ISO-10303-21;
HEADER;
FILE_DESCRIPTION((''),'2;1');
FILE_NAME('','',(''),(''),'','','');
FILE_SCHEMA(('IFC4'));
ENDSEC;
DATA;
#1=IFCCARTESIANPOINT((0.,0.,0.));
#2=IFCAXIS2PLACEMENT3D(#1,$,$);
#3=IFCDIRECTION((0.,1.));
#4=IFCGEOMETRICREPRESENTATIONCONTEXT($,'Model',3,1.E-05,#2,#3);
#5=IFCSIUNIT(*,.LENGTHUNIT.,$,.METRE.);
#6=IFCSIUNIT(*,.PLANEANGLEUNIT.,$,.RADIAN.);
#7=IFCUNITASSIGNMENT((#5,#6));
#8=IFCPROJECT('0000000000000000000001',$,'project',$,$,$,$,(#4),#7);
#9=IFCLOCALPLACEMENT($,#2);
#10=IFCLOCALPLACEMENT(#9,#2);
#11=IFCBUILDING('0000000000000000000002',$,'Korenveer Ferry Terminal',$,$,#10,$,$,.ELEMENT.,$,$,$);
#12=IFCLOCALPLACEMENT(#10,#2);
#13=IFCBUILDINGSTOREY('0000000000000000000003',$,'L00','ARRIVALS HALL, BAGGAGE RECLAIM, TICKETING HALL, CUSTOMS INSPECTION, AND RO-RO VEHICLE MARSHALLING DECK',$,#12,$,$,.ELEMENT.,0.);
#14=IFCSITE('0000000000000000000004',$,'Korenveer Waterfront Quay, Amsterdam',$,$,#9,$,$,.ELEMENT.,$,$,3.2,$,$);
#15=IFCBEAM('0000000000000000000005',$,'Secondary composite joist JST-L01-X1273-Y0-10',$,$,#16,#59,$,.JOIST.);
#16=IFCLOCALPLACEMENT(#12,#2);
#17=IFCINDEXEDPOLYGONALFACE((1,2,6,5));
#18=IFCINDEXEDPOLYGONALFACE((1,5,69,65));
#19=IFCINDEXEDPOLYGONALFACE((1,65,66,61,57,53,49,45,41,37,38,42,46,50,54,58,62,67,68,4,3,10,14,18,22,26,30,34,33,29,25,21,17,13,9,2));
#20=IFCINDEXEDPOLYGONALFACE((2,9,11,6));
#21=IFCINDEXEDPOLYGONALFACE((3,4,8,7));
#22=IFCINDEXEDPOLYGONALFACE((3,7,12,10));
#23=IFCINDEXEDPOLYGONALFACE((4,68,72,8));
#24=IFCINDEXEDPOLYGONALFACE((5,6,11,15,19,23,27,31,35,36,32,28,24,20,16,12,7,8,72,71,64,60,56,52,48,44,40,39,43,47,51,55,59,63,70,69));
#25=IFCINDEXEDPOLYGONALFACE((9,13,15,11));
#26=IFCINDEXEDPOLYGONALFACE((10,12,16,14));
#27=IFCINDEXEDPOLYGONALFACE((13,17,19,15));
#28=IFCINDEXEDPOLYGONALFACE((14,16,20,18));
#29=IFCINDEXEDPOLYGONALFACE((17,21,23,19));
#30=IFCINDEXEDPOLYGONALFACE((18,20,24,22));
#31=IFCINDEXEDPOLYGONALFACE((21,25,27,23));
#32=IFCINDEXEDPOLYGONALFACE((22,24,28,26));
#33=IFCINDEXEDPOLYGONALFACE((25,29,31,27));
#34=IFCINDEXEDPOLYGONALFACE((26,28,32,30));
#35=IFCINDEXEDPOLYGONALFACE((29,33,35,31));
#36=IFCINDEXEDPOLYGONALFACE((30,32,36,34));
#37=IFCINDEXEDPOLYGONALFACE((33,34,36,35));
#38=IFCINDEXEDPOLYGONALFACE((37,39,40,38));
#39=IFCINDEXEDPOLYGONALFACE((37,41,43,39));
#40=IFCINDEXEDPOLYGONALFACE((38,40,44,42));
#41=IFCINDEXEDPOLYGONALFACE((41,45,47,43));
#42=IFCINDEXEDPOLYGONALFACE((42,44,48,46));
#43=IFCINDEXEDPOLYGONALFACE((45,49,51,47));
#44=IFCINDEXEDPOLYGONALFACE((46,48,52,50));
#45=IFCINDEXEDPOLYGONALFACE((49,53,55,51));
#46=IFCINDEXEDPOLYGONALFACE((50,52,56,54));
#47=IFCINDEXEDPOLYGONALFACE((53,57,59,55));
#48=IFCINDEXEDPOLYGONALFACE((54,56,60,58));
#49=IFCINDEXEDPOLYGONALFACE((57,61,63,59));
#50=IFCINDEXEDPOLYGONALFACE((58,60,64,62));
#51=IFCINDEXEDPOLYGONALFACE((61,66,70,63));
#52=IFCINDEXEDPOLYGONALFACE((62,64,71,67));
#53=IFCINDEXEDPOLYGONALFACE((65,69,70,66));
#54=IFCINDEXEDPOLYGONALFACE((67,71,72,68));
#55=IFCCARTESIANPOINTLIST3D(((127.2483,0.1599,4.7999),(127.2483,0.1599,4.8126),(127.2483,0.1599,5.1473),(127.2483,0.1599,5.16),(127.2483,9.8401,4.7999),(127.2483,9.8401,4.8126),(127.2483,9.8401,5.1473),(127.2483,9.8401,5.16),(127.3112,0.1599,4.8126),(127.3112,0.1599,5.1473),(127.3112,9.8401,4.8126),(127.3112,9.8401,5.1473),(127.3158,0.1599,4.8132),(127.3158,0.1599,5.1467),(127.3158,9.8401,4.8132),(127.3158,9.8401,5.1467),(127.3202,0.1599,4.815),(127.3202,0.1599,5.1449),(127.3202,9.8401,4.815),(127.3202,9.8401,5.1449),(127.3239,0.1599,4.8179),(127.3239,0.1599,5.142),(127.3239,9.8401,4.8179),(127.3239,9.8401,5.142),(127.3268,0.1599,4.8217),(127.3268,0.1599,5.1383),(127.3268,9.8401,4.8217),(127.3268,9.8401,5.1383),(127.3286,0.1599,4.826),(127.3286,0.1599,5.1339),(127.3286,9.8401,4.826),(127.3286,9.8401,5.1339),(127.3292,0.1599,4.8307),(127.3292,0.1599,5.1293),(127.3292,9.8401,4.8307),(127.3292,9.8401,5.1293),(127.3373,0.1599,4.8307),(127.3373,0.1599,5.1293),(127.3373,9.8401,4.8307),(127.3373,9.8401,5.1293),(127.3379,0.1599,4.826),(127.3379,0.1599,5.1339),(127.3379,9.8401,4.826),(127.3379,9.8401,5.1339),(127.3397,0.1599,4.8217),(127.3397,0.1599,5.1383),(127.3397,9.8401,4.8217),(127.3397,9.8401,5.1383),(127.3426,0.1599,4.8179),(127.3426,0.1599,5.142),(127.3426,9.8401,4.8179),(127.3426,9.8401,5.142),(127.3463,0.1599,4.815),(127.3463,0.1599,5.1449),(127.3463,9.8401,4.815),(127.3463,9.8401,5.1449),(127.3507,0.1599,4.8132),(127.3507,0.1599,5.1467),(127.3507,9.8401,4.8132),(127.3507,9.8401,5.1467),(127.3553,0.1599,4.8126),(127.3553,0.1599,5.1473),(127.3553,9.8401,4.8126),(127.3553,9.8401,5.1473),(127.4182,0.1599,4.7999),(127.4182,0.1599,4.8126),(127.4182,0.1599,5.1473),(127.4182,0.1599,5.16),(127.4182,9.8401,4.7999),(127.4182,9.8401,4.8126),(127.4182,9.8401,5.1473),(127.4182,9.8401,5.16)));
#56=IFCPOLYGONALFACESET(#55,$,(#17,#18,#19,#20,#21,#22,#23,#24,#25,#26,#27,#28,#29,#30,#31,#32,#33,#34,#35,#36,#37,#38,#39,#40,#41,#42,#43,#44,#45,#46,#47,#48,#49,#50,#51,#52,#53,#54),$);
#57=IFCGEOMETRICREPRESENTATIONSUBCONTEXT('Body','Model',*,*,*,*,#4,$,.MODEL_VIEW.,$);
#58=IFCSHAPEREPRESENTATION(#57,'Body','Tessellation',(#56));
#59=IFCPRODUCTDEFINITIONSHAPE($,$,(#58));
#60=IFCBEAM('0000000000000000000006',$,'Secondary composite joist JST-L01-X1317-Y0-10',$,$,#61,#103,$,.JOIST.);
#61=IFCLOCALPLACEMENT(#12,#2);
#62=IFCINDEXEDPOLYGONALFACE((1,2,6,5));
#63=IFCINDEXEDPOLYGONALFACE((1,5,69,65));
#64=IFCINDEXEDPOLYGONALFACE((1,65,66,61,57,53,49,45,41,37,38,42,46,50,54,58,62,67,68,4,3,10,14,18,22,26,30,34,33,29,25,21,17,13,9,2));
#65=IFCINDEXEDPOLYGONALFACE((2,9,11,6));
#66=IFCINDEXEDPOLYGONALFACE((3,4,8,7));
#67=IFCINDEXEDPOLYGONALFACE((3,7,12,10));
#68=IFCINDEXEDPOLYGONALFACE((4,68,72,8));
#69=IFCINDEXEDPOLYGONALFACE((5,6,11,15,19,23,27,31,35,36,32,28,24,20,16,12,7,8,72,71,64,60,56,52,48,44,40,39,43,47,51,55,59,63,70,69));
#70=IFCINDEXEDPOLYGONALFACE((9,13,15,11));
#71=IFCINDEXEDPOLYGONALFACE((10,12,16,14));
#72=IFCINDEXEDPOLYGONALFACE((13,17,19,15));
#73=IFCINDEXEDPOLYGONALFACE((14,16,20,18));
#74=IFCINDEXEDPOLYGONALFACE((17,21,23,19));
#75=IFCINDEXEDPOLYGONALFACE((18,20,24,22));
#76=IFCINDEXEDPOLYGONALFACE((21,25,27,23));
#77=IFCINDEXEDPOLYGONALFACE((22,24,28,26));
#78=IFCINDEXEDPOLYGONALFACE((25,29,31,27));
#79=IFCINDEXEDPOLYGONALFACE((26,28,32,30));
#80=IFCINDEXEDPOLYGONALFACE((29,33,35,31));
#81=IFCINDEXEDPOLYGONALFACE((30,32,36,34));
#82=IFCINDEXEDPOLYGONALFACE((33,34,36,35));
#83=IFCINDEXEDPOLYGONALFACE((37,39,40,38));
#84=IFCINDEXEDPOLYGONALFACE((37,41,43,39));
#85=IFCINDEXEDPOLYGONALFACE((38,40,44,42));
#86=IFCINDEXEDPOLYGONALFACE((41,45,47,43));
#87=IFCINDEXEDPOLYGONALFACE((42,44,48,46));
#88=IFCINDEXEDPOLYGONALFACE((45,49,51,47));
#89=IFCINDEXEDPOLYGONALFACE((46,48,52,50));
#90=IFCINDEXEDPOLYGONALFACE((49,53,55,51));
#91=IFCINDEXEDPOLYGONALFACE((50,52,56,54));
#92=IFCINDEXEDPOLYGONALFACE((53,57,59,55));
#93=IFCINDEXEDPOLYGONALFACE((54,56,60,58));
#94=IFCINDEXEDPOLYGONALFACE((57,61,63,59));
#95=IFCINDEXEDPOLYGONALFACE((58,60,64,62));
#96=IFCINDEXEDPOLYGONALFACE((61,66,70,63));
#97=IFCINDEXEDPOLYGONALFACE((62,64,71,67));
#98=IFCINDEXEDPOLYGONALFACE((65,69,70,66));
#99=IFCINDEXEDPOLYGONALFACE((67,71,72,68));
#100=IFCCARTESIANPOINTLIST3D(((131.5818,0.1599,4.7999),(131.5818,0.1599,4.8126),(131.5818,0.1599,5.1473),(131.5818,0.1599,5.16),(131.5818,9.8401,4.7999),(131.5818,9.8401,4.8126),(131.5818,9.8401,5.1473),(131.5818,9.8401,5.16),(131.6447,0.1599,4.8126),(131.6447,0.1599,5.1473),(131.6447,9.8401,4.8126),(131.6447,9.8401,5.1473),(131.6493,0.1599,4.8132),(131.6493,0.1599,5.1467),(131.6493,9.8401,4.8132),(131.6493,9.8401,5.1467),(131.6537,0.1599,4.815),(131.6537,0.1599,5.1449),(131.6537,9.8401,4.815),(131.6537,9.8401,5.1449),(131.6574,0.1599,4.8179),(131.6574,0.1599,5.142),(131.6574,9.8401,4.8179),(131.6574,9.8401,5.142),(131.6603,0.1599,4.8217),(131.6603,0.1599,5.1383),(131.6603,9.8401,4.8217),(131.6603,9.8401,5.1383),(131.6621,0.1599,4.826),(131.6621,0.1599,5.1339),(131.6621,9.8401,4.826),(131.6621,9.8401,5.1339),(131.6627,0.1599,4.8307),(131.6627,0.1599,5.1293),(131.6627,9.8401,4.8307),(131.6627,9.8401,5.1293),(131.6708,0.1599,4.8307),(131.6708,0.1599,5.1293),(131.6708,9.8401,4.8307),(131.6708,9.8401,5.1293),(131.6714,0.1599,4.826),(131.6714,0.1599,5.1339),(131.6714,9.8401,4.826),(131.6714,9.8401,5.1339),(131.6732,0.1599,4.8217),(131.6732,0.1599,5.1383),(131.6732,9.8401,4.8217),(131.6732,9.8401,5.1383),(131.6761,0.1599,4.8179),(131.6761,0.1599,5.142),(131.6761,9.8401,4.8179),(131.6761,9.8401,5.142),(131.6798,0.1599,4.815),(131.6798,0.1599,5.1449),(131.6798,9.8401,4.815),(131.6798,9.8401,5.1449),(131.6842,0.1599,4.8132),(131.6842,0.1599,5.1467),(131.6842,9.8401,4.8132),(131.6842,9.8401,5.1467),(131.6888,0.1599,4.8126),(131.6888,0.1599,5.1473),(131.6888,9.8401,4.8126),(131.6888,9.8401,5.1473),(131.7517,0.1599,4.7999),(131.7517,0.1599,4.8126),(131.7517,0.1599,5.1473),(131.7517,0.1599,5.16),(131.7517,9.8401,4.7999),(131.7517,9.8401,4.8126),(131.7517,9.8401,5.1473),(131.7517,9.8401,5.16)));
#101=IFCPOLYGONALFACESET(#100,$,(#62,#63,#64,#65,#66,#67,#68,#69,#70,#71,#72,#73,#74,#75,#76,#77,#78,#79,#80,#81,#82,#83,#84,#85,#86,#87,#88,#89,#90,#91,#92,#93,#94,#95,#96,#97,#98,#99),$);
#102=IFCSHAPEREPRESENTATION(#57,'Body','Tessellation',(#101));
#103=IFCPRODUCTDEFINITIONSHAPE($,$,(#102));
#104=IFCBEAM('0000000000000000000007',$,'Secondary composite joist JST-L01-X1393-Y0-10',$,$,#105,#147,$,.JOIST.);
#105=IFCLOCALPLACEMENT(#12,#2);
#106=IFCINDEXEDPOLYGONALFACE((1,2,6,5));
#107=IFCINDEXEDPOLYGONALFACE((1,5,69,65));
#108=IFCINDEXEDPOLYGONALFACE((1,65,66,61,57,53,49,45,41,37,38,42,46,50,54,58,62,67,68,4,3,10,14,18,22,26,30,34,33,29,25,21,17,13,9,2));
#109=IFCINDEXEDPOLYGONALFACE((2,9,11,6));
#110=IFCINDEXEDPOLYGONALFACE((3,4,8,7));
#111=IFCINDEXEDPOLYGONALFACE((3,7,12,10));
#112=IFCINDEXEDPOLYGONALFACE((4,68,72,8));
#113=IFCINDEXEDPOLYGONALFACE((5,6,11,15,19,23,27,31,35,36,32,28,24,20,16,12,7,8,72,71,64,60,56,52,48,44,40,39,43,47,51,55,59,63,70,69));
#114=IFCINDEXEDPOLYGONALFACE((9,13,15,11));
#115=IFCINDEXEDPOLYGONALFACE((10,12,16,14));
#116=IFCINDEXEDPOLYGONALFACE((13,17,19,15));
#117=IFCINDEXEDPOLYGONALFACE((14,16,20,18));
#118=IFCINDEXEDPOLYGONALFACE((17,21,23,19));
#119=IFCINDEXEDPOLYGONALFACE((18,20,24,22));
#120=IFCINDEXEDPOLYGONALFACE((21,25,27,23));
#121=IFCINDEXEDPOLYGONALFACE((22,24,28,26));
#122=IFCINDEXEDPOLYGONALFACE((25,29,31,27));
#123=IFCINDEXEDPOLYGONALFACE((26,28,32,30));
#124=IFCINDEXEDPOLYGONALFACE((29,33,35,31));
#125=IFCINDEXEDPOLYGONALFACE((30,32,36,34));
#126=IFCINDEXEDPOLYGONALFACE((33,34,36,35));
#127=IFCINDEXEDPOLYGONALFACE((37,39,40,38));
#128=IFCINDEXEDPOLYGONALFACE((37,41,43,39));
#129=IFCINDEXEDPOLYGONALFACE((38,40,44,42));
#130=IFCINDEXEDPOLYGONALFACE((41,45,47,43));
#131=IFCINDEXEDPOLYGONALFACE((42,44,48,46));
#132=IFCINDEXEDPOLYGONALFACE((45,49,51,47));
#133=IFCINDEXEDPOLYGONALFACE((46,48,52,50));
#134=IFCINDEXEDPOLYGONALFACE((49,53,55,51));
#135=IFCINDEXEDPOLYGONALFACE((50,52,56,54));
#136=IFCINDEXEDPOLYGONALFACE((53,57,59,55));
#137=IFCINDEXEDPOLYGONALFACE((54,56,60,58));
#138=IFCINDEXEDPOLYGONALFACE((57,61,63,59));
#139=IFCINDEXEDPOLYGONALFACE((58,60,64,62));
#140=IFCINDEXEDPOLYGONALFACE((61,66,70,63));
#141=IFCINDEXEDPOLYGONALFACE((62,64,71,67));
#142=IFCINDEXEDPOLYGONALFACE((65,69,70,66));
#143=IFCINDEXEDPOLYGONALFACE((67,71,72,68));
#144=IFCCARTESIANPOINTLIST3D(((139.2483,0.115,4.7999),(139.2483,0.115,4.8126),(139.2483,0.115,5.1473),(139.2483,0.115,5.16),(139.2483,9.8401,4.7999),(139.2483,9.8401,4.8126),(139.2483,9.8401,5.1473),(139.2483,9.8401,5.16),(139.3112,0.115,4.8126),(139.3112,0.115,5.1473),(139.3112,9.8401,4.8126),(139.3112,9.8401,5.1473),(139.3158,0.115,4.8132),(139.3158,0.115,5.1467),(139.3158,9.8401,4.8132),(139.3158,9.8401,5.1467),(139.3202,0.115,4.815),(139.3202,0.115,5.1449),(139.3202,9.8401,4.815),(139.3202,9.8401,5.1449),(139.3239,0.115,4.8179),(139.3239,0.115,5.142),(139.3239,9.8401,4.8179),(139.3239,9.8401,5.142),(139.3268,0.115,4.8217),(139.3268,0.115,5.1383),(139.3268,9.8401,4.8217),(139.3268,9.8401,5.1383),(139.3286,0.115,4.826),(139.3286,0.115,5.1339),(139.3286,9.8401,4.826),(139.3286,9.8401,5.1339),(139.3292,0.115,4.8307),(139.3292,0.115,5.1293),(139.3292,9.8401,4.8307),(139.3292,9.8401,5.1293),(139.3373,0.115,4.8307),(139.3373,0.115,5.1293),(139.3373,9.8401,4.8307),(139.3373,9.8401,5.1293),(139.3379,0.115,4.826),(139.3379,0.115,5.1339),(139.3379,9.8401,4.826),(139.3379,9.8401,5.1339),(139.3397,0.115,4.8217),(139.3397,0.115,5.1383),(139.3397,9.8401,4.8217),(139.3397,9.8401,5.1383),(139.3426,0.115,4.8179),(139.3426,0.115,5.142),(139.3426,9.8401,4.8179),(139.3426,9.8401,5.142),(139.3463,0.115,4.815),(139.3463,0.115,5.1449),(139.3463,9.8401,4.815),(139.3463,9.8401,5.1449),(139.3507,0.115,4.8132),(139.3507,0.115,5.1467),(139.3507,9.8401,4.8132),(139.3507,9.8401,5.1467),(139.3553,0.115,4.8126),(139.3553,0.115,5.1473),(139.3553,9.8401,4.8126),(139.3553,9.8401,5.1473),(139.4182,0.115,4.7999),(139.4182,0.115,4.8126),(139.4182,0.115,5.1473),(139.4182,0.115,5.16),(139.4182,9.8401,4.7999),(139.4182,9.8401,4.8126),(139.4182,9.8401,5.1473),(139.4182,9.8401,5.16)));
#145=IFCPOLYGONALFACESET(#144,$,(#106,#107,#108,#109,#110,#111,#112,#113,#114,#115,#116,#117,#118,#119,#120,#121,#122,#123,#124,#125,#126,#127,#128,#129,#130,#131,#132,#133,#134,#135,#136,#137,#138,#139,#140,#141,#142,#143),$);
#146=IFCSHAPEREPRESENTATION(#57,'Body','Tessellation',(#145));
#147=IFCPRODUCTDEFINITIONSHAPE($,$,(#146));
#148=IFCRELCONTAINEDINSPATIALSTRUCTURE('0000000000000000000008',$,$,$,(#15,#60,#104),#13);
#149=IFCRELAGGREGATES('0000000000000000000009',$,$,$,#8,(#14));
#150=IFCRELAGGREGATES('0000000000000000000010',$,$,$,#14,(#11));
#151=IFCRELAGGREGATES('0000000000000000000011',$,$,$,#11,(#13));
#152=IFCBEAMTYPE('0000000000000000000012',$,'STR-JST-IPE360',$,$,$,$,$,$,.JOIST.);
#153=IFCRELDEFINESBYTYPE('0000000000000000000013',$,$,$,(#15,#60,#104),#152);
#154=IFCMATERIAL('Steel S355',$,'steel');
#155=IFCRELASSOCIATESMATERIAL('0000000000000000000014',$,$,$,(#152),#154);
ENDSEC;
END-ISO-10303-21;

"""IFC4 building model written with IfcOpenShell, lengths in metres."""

from ifc_helpers import new_model, si_unit, direction, frame, origin, origin_2d, place, context, subcontext, project, spatial, i_section, extrude, material, material_profile, profile_set, type_object, element, save


model = new_model("IFC4")

# Units and contexts
model_context = context("Model", 3, precision=1e-05, world=origin(), true_north=direction((0.0, 1.0)))
body_context = subcontext(model_context, "Body", "Model", "MODEL_VIEW")
ifc_project = project(units=[si_unit("LENGTHUNIT", "METRE"), si_unit("PLANEANGLEUNIT", "RADIAN")], contexts=[model_context])

# Site, building, storey
site_placement = place(None, origin())
site = spatial("IfcSite", under=ifc_project, at=site_placement, Name="Korenveer Waterfront Quay, Amsterdam", CompositionType="ELEMENT", RefElevation=3.2)
building_placement = place(site_placement, origin())
building = spatial("IfcBuilding", under=site, at=building_placement, Name="Korenveer Ferry Terminal", CompositionType="ELEMENT")
storey_placement = place(building_placement, origin())
storey = spatial("IfcBuildingStorey", under=building, at=storey_placement, Name="L00", Description="ARRIVALS HALL, BAGGAGE RECLAIM, TICKETING HALL, CUSTOMS INSPECTION, AND RO-RO VEHICLE MARSHALLING DECK", CompositionType="ELEMENT", Elevation=0.0)

# Shared definitions
ifc_material_1 = material(Name="Steel S355", Category="steel")

# Beams
ifc_material_profile_1 = material_profile(ifc_material_1, i_section(OverallWidth=0.1699, OverallDepth=0.3601, WebThickness=0.0081, FlangeThickness=0.0127, FilletRadius=0.0181, at=origin_2d()), Name="IPE 360")
ifc_profile_set_1 = profile_set([ifc_material_profile_1], Name="Steel S355")
beam_type_1 = type_object("IfcBeamType", Name="STR-JST-IPE360", PredefinedType="JOIST", material=ifc_profile_set_1)
for number, where, z_axis, x_axis, name in (
    (1, (127.3333, 0.1599, 4.98), (0.0, 1.0, 0.0), (-1.0, 0.0, 0.0), "Secondary composite joist JST-L01-X1273-Y0-10"),
    (2, (131.6667, 0.1599, 4.98), (0.0, 1.0, 0.0), (-1.0, 0.0, 0.0), "Secondary composite joist JST-L01-X1317-Y0-10"),
):
    element("IfcBeam", number, at=place(storey_placement, frame(where, z_axis=z_axis, x_axis=x_axis)), inside=storey, type_object=beam_type_1, Name=name, PredefinedType="JOIST", context=body_context, shape_type="SweptSolid", body=[
        extrude(i_section(OverallWidth=0.1699, OverallDepth=0.3601, WebThickness=0.0081, FlangeThickness=0.0127, FilletRadius=0.0181, at=origin_2d()), origin(), (0.0, 0.0, 1.0), 9.6802),
    ])
beam_1_placement = place(storey_placement, frame((139.3333, 0.115, 4.98), z_axis=(0.0, 1.0, 0.0), x_axis=(-1.0, 0.0, 0.0)))
element("IfcBeam", 3, at=beam_1_placement, inside=storey, type_object=beam_type_1, Name="Secondary composite joist JST-L01-X1393-Y0-10", PredefinedType="JOIST", context=body_context, shape_type="SweptSolid", body=[
    extrude(i_section(OverallWidth=0.1699, OverallDepth=0.3601, WebThickness=0.0081, FlangeThickness=0.0127, FilletRadius=0.0181, at=origin_2d()), origin(), (0.0, 0.0, 1.0), 9.7251),
])

save(model, "model.ifc")
